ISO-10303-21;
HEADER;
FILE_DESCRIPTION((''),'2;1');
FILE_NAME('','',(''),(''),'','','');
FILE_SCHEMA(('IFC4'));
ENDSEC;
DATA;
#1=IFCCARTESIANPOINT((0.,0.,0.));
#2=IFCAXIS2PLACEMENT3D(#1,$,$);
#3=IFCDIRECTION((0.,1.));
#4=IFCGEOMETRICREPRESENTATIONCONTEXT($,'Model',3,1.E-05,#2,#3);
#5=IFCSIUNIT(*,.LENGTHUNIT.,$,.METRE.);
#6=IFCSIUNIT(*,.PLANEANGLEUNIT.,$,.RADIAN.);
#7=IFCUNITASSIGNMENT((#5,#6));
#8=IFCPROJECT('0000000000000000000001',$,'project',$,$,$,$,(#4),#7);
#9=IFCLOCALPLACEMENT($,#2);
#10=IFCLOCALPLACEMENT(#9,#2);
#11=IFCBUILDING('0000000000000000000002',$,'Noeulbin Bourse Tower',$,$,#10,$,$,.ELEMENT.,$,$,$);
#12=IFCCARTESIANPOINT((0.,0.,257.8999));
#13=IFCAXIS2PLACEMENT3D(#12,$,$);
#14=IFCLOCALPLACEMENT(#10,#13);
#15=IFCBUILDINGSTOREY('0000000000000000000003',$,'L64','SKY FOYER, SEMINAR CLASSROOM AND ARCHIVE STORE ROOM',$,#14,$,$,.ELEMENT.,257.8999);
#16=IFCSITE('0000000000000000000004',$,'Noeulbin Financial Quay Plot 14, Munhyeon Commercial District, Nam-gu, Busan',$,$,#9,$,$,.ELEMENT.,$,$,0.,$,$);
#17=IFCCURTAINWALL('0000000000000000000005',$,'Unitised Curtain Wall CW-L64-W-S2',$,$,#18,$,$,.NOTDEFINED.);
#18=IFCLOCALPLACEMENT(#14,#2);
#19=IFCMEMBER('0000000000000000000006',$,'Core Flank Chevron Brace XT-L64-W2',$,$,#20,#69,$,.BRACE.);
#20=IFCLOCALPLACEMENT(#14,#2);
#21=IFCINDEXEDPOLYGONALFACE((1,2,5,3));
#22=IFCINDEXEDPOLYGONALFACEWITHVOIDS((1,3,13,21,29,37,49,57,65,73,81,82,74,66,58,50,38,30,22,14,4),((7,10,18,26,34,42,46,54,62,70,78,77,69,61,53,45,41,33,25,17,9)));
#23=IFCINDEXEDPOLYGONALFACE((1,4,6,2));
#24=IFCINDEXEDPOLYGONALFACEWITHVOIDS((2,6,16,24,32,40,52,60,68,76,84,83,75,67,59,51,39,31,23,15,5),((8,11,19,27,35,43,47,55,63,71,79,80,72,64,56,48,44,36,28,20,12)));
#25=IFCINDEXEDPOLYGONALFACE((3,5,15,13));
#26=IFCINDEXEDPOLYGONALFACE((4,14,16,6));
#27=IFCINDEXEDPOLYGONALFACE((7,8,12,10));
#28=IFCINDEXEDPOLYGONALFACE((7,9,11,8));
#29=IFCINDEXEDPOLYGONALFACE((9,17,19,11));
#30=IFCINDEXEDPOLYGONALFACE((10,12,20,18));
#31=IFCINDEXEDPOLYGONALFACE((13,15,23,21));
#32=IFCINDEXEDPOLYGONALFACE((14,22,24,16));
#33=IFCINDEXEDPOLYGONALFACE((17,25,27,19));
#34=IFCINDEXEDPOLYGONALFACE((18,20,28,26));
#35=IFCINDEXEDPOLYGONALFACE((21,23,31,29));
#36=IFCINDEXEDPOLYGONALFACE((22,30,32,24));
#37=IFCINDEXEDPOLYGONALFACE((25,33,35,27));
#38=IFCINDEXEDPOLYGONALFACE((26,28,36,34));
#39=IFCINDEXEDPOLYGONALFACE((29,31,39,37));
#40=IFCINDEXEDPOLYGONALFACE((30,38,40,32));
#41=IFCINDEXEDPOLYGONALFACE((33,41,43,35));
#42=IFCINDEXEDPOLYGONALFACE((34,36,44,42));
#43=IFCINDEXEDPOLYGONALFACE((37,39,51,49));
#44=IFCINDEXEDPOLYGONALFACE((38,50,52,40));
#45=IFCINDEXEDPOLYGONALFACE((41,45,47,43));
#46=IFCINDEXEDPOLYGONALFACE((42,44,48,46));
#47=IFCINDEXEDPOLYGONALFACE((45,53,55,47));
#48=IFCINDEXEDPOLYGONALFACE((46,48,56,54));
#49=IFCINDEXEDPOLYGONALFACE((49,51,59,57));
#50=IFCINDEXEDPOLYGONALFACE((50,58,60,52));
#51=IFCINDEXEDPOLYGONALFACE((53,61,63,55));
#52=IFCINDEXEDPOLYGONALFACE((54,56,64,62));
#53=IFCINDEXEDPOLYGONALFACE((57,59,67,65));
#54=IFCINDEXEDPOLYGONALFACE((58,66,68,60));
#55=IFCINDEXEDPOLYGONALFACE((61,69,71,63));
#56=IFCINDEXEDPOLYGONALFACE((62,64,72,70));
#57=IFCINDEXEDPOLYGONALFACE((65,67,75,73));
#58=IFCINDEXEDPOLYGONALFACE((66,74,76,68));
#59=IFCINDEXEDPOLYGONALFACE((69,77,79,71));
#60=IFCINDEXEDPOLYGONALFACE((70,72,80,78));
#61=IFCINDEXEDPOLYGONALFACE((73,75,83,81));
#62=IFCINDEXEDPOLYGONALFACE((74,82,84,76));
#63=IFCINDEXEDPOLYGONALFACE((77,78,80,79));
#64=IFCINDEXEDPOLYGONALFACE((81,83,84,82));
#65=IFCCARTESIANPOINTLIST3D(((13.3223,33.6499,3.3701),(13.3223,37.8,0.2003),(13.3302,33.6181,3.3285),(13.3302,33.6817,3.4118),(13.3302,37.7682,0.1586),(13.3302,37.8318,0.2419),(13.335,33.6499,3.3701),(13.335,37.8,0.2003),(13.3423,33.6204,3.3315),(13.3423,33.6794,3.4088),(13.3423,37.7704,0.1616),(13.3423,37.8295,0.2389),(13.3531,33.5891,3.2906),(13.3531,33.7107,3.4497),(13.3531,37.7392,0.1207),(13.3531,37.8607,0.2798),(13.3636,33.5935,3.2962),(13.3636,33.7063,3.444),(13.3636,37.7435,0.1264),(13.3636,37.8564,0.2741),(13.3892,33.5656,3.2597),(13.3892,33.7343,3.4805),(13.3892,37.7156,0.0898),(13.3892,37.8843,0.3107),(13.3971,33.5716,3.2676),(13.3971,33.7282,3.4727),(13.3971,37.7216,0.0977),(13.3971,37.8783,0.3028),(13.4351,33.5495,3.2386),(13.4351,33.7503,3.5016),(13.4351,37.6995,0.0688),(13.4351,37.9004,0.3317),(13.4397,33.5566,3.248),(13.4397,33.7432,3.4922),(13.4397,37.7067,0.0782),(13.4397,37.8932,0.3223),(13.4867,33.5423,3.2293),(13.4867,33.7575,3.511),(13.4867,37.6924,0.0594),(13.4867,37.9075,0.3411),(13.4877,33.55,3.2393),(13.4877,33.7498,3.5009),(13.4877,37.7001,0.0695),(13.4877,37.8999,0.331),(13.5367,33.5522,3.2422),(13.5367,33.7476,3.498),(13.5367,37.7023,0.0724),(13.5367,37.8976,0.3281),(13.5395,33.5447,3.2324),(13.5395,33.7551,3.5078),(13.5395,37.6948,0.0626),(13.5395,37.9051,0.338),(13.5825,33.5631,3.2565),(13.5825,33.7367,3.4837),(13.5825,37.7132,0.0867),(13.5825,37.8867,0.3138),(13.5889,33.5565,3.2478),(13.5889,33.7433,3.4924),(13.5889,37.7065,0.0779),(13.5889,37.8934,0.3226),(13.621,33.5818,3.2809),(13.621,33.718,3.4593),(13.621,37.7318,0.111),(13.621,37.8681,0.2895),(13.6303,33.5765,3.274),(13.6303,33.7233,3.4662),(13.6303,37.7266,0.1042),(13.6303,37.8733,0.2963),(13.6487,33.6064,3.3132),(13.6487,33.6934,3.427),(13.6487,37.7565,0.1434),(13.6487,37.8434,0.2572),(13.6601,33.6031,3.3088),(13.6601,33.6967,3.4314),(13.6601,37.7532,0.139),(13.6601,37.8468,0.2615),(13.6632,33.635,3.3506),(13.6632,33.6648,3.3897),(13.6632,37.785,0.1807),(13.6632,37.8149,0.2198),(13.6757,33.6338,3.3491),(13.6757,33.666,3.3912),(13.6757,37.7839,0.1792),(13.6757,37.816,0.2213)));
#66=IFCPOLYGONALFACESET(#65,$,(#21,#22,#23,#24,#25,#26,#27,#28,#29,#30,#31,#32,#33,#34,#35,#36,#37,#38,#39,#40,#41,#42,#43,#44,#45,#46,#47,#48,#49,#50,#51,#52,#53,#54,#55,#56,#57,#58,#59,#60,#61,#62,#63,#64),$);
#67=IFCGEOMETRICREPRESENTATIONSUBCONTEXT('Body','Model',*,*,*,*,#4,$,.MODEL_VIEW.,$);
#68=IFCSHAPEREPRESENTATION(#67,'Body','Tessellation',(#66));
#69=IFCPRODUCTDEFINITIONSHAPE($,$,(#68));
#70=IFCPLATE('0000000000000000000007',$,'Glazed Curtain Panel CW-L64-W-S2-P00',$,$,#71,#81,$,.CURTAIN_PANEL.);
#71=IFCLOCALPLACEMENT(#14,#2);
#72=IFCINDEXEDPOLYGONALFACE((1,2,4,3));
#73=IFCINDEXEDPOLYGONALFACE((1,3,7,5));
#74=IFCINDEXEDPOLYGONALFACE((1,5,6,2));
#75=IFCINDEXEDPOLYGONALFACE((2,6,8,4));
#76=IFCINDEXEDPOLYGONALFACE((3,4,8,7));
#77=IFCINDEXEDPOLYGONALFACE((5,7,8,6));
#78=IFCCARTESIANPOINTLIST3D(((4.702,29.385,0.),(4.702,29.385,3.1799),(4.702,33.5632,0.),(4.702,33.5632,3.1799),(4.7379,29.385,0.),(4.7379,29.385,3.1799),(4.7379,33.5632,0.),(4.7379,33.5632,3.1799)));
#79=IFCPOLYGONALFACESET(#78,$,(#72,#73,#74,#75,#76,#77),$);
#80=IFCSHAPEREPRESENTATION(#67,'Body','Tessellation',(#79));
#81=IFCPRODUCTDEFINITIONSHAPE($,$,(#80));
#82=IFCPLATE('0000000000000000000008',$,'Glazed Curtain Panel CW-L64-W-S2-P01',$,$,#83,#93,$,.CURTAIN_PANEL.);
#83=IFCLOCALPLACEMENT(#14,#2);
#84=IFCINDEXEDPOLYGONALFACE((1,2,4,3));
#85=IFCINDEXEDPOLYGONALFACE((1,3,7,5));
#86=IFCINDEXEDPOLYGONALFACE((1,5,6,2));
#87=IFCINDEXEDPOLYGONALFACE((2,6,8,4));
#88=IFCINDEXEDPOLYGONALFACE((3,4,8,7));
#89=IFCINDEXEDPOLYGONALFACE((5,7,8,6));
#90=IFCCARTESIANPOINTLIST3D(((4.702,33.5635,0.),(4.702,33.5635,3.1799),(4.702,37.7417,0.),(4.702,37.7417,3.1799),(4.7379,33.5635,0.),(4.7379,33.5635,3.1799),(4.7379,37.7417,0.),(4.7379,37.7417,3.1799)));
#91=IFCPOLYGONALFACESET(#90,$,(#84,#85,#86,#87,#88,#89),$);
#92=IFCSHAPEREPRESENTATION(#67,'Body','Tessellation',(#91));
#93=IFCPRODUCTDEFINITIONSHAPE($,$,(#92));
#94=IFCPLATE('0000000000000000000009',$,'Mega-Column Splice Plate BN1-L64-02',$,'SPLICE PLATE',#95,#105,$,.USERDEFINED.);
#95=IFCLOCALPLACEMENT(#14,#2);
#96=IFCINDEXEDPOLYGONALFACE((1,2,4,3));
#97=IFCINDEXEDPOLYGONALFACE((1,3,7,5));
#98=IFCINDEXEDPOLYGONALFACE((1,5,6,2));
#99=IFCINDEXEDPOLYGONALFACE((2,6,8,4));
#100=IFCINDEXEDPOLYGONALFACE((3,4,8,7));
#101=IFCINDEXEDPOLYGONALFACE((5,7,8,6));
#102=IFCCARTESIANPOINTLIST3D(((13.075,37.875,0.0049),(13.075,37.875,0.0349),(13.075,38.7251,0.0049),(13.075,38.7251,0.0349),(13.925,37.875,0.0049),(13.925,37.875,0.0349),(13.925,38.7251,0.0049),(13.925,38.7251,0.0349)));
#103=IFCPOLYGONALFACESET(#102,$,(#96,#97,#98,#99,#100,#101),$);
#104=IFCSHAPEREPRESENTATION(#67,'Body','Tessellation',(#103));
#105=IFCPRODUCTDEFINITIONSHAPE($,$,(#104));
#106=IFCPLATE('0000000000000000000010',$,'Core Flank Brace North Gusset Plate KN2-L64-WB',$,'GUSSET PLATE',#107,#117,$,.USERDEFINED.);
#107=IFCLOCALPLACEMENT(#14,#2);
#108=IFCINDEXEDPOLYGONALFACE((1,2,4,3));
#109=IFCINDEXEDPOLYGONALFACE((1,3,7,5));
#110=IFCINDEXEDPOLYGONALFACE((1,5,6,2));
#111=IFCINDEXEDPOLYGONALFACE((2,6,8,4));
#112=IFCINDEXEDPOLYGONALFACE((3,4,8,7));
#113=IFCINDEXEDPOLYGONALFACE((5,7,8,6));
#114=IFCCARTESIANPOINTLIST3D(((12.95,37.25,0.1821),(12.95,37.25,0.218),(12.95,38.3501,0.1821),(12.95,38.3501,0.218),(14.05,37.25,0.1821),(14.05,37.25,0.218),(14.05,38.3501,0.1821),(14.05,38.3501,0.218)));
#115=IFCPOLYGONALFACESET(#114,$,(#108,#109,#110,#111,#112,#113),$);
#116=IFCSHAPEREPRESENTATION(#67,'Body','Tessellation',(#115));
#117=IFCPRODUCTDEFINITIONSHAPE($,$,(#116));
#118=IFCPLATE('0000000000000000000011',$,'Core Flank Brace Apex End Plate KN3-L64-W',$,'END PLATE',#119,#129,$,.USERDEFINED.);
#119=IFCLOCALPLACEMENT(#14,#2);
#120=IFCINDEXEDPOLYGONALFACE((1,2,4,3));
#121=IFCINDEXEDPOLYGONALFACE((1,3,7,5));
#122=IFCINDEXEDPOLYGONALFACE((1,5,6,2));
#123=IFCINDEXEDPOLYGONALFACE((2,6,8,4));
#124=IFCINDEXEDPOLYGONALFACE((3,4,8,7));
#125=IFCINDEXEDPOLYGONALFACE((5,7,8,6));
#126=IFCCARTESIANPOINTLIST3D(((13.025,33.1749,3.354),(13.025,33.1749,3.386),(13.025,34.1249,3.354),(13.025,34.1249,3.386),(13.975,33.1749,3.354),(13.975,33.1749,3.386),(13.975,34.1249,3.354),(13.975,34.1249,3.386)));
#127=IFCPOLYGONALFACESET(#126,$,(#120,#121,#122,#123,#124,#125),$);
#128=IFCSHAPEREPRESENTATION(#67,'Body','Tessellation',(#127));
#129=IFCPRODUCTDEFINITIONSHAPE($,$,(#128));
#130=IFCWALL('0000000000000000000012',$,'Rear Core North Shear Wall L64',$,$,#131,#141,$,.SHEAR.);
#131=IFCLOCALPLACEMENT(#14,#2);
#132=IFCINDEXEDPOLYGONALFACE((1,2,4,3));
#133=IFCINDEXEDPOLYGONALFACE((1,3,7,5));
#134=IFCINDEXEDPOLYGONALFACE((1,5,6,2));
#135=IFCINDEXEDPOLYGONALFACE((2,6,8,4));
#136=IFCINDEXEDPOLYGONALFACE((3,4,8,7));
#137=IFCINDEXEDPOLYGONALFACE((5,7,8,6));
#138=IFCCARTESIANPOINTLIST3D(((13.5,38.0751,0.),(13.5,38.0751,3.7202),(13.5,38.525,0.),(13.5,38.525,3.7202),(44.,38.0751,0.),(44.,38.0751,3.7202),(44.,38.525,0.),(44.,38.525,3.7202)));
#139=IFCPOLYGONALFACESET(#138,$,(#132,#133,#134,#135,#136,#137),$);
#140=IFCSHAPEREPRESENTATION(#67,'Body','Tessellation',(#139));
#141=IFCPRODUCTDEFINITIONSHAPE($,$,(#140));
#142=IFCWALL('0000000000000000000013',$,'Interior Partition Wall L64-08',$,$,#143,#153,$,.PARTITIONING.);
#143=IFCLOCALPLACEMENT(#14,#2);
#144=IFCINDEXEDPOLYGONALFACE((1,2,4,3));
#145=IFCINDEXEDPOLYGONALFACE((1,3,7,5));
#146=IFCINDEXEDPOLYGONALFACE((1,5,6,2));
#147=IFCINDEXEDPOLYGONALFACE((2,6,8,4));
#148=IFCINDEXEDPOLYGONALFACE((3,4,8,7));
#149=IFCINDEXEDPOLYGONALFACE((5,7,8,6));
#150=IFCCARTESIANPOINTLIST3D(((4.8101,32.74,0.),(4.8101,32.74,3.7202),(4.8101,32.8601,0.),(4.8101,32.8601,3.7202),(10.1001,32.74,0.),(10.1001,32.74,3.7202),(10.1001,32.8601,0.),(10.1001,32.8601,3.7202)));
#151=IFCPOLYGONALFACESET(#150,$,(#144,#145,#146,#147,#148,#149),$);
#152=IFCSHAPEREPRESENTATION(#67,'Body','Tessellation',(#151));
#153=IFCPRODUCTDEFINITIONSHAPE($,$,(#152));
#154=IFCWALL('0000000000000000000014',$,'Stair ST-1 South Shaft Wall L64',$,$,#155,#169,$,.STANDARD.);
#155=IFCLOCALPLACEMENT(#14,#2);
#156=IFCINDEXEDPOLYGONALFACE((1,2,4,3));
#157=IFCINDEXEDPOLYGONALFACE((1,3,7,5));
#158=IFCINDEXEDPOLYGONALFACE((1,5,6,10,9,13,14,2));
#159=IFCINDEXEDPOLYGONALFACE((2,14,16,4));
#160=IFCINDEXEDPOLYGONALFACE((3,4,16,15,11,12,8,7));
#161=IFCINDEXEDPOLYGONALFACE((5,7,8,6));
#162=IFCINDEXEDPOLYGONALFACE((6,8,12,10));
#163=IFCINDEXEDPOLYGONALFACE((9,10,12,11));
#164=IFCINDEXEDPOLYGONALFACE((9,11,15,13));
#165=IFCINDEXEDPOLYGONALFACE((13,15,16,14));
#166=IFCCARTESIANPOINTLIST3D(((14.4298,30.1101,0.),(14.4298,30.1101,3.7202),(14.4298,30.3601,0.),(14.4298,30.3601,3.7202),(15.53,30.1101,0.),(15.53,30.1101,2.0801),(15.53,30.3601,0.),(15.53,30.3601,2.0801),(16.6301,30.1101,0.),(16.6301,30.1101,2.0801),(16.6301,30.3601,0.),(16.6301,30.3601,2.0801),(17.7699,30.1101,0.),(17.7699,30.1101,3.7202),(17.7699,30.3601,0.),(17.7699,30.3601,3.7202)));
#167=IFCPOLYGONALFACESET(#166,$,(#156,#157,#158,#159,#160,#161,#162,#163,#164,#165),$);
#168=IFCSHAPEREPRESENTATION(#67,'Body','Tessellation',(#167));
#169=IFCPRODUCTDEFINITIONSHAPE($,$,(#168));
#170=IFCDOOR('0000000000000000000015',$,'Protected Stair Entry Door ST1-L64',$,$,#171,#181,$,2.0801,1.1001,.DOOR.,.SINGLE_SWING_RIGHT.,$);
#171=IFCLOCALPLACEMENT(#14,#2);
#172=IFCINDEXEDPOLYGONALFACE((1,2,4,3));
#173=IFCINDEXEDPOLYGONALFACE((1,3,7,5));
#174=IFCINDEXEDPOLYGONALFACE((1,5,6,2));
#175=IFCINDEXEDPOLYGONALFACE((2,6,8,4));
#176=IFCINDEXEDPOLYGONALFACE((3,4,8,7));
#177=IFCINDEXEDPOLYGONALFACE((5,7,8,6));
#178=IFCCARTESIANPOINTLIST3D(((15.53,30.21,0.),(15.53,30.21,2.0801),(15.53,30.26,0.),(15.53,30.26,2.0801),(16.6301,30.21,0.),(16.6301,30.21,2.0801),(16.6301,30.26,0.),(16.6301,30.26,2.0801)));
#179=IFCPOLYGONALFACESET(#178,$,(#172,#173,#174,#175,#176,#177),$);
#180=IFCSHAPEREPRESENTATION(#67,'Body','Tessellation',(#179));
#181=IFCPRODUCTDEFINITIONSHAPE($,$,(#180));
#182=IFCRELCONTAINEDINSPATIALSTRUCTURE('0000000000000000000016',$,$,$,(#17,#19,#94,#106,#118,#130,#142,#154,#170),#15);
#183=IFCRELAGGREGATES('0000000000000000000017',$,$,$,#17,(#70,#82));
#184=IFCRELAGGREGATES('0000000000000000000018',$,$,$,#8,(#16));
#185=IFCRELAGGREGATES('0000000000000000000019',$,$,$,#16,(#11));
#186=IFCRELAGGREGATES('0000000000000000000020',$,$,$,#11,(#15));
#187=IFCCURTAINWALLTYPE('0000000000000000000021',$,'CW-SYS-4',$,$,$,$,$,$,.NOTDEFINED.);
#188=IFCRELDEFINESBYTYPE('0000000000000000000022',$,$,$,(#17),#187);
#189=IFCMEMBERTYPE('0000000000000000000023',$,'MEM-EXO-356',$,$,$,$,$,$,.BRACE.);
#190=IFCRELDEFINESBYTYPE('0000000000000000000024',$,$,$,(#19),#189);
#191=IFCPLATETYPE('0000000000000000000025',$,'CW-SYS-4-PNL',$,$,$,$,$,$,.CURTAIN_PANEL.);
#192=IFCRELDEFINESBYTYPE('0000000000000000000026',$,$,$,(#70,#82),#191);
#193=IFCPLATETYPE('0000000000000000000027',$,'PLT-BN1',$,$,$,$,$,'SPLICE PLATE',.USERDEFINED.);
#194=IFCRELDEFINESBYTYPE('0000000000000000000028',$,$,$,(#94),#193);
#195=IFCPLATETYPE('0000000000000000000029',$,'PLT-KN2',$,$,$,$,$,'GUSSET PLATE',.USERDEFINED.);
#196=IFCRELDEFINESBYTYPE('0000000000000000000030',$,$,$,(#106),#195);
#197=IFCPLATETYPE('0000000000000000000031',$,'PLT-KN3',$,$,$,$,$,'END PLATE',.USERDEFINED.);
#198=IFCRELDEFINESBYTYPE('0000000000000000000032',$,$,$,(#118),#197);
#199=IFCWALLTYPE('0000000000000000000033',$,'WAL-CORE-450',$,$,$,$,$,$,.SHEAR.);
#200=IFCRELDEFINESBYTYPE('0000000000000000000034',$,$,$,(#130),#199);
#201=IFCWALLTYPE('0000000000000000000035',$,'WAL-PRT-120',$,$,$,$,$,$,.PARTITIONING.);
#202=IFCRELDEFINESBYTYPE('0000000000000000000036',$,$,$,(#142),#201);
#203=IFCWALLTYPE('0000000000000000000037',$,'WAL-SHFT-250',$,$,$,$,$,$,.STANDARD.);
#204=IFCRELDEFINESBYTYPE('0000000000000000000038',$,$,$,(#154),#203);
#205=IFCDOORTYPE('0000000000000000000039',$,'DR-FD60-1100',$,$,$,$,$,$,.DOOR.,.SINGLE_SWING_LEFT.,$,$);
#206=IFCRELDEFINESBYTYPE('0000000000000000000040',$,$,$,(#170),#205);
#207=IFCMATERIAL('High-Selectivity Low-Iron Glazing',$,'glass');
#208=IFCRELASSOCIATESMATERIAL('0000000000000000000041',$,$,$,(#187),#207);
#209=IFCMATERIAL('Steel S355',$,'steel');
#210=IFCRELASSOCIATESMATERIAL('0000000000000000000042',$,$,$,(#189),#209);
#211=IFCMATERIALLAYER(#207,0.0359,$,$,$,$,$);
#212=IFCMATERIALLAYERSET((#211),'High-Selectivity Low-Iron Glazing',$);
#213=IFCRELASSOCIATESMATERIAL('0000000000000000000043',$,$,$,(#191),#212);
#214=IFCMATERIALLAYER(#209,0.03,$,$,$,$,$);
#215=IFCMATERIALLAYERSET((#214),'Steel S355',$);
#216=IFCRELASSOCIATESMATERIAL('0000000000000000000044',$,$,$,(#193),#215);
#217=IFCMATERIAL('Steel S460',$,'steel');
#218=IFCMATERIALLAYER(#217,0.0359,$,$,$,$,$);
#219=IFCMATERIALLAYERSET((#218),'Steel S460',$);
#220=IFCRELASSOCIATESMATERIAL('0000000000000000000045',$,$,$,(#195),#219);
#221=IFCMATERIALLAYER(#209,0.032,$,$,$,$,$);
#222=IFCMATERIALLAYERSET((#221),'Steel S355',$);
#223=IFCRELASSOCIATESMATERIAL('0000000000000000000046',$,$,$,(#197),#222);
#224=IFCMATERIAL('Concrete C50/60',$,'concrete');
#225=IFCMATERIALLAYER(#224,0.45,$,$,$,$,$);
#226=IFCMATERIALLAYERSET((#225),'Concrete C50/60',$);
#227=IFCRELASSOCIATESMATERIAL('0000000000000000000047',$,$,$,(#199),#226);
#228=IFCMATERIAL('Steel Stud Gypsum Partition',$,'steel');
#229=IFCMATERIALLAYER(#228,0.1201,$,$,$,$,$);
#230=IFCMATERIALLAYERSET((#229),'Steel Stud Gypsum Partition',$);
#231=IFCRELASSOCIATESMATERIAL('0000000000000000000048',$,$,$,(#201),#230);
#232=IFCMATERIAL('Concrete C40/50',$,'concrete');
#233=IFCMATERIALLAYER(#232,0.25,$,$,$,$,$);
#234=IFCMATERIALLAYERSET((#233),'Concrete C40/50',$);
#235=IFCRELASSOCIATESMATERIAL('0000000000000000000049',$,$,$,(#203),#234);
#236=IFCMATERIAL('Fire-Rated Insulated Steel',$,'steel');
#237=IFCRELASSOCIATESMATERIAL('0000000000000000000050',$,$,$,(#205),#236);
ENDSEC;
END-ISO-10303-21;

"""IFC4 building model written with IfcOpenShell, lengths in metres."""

from ifc_helpers import new_model, si_unit, direction, frame, frame_2d, origin, origin_2d, place, context, subcontext, project, spatial, rectangle, hollow_circle, extrude, material, layer, layer_set, material_profile, profile_set, type_object, element, fill, aggregate, save


model = new_model("IFC4")

# Units and contexts
model_context = context("Model", 3, precision=1e-05, world=origin(), true_north=direction((0.0, 1.0)))
body_context = subcontext(model_context, "Body", "Model", "MODEL_VIEW")
ifc_project = project(units=[si_unit("LENGTHUNIT", "METRE"), si_unit("PLANEANGLEUNIT", "RADIAN")], contexts=[model_context])

# Site, building, storey
site_placement = place(None, origin())
site = spatial("IfcSite", under=ifc_project, at=site_placement, Name="Noeulbin Financial Quay Plot 14, Munhyeon Commercial District, Nam-gu, Busan", CompositionType="ELEMENT", RefElevation=0.0)
building_placement = place(site_placement, origin())
building = spatial("IfcBuilding", under=site, at=building_placement, Name="Noeulbin Bourse Tower", CompositionType="ELEMENT")
storey_placement = place(building_placement, frame((0.0, 0.0, 257.8999)))
storey = spatial("IfcBuildingStorey", under=building, at=storey_placement, Name="L64", Description="SKY FOYER, SEMINAR CLASSROOM AND ARCHIVE STORE ROOM", CompositionType="ELEMENT", Elevation=257.8999)

# Shared definitions
ifc_material_1 = material(Name="Steel S355", Category="steel")

# Shared definitions
ifc_material_2 = material(Name="Steel S460", Category="steel")

# Curtain wall
ifc_material_3 = material(Name="High-Selectivity Low-Iron Glazing", Category="glass")
curtain_wall_type = type_object("IfcCurtainWallType", Name="CW-SYS-4", PredefinedType="NOTDEFINED", material=ifc_material_3)
curtain_wall_placement = place(storey_placement, origin())
curtain_wall = element("IfcCurtainWall", 1, at=curtain_wall_placement, inside=storey, type_object=curtain_wall_type, Name="Unitised Curtain Wall CW-L64-W-S2", PredefinedType="NOTDEFINED")

# Member
ifc_material_profile_1 = material_profile(ifc_material_1, hollow_circle(Radius=0.1777, WallThickness=0.0127, at=origin_2d()), Name="CHS-355.6x12.7", Category="LoadBearing")
ifc_profile_set_1 = profile_set([ifc_material_profile_1], Name="Steel S355")
member_type_1 = type_object("IfcMemberType", Name="MEM-EXO-356", PredefinedType="BRACE", material=ifc_profile_set_1)
member_1_placement = place(storey_placement, frame((13.5, 33.6499, 3.3701), z_axis=(0.0, 0.794701, -0.607001), x_axis=(-1.0, 0.0, 0.0)))
element("IfcMember", 2, at=member_1_placement, inside=storey, type_object=member_type_1, Name="Core Flank Chevron Brace XT-L64-W2", PredefinedType="BRACE", context=body_context, shape_type="SweptSolid", body=[
    extrude(hollow_circle(Radius=0.1777, WallThickness=0.0127, at=origin_2d()), origin(), (0.0, 0.0, 1.0), 5.2222),
])

# Plates
ifc_layer_1 = layer(ifc_material_3, 0.0359)
ifc_layer_set_1 = layer_set([ifc_layer_1], Name="High-Selectivity Low-Iron Glazing")
plate_type_1 = type_object("IfcPlateType", Name="CW-SYS-4-PNL", PredefinedType="CURTAIN_PANEL", material=ifc_layer_set_1)
plate_1_placement = place(storey_placement, frame((4.72, 31.4741, 0.0), z_axis=(0.0, 0.0, 1.0), x_axis=(0.0, 1.0, 0.0)))
plate_1 = element("IfcPlate", 3, at=plate_1_placement, type_object=plate_type_1, Name="Glazed Curtain Panel CW-L64-W-S2-P00", PredefinedType="CURTAIN_PANEL", context=body_context, shape_type="SweptSolid", body=[
    extrude(rectangle(XDim=4.1782, YDim=0.0359, at=origin_2d()), origin(), (0.0, 0.0, 1.0), 3.1799),
])
plate_2_placement = place(storey_placement, frame((4.72, 35.6526, 0.0), z_axis=(0.0, 0.0, 1.0), x_axis=(0.0, 1.0, 0.0)))
plate_2 = element("IfcPlate", 4, at=plate_2_placement, type_object=plate_type_1, Name="Glazed Curtain Panel CW-L64-W-S2-P01", PredefinedType="CURTAIN_PANEL", context=body_context, shape_type="SweptSolid", body=[
    extrude(rectangle(XDim=4.1782, YDim=0.0359, at=origin_2d()), origin(), (0.0, 0.0, 1.0), 3.1799),
])
aggregate(curtain_wall, [plate_1, plate_2])

# Plates
ifc_layer_2 = layer(ifc_material_1, 0.03)
ifc_layer_set_2 = layer_set([ifc_layer_2], Name="Steel S355")
plate_type_2 = type_object("IfcPlateType", Name="PLT-BN1", ElementType="SPLICE PLATE", PredefinedType="USERDEFINED", material=ifc_layer_set_2)
plate_3_placement = place(storey_placement, frame((13.5, 38.3, 0.0049), z_axis=(0.0, 0.0, 1.0), x_axis=(1.0, 0.0, 0.0)))
element("IfcPlate", 5, at=plate_3_placement, inside=storey, type_object=plate_type_2, Name="Mega-Column Splice Plate BN1-L64-02", ObjectType="SPLICE PLATE", PredefinedType="USERDEFINED", context=body_context, shape_type="SweptSolid", body=[
    extrude(rectangle(XDim=0.8501, YDim=0.8501, at=origin_2d()), origin(), (0.0, 0.0, 1.0), 0.03),
])
ifc_layer_3 = layer(ifc_material_2, 0.0359)
ifc_layer_set_3 = layer_set([ifc_layer_3], Name="Steel S460")
plate_type_3 = type_object("IfcPlateType", Name="PLT-KN2", ElementType="GUSSET PLATE", PredefinedType="USERDEFINED", material=ifc_layer_set_3)
plate_4_placement = place(storey_placement, frame((13.5, 37.8, 0.1821), z_axis=(0.0, 0.0, 1.0), x_axis=(1.0, 0.0, 0.0)))
element("IfcPlate", 6, at=plate_4_placement, inside=storey, type_object=plate_type_3, Name="Core Flank Brace North Gusset Plate KN2-L64-WB", ObjectType="GUSSET PLATE", PredefinedType="USERDEFINED", context=body_context, shape_type="SweptSolid", body=[
    extrude(rectangle(XDim=1.1001, YDim=1.1001, at=origin_2d()), origin(), (0.0, 0.0, 1.0), 0.0359),
])
ifc_layer_4 = layer(ifc_material_1, 0.032)
ifc_layer_set_4 = layer_set([ifc_layer_4], Name="Steel S355")
plate_type_4 = type_object("IfcPlateType", Name="PLT-KN3", ElementType="END PLATE", PredefinedType="USERDEFINED", material=ifc_layer_set_4)
plate_5_placement = place(storey_placement, frame((13.5, 33.6499, 3.354), z_axis=(0.0, 0.0, 1.0), x_axis=(1.0, 0.0, 0.0)))
element("IfcPlate", 7, at=plate_5_placement, inside=storey, type_object=plate_type_4, Name="Core Flank Brace Apex End Plate KN3-L64-W", ObjectType="END PLATE", PredefinedType="USERDEFINED", context=body_context, shape_type="SweptSolid", body=[
    extrude(rectangle(XDim=0.95, YDim=0.95, at=origin_2d()), origin(), (0.0, 0.0, 1.0), 0.032),
])

# Walls
ifc_material_4 = material(Name="Concrete C50/60", Category="concrete")
ifc_layer_5 = layer(ifc_material_4, 0.45)
ifc_layer_set_5 = layer_set([ifc_layer_5], Name="Concrete C50/60")
wall_type_1 = type_object("IfcWallType", Name="WAL-CORE-450", PredefinedType="SHEAR", material=ifc_layer_set_5)
wall_1_placement = place(storey_placement, frame((13.5, 38.3, 0.0), z_axis=(0.0, 0.0, 1.0), x_axis=(1.0, 0.0, 0.0)))
element("IfcWall", 8, at=wall_1_placement, inside=storey, type_object=wall_type_1, Name="Rear Core North Shear Wall L64", PredefinedType="SHEAR", context=body_context, shape_type="SweptSolid", body=[
    extrude(rectangle(XDim=30.5, YDim=0.45, at=frame_2d((15.25, 0.0))), origin(), (0.0, 0.0, 1.0), 3.7202),
])
ifc_material_5 = material(Name="Steel Stud Gypsum Partition", Category="steel")
ifc_layer_6 = layer(ifc_material_5, 0.1201)
ifc_layer_set_6 = layer_set([ifc_layer_6], Name="Steel Stud Gypsum Partition")
wall_type_2 = type_object("IfcWallType", Name="WAL-PRT-120", PredefinedType="PARTITIONING", material=ifc_layer_set_6)
wall_2_placement = place(storey_placement, frame((4.8101, 32.8, 0.0), z_axis=(0.0, 0.0, 1.0), x_axis=(1.0, 0.0, 0.0)))
element("IfcWall", 9, at=wall_2_placement, inside=storey, type_object=wall_type_2, Name="Interior Partition Wall L64-08", PredefinedType="PARTITIONING", context=body_context, shape_type="SweptSolid", body=[
    extrude(rectangle(XDim=5.29, YDim=0.1201, at=frame_2d((2.645, 0.0))), origin(), (0.0, 0.0, 1.0), 3.7202),
])

# Wall, opening, door
ifc_material_6 = material(Name="Concrete C40/50", Category="concrete")
ifc_layer_7 = layer(ifc_material_6, 0.25)
ifc_layer_set_7 = layer_set([ifc_layer_7], Name="Concrete C40/50")
wall_type_3 = type_object("IfcWallType", Name="WAL-SHFT-250", PredefinedType="STANDARD", material=ifc_layer_set_7)
wall_3_placement = place(storey_placement, frame((14.4299, 30.2351, 0.0), z_axis=(0.0, 0.0, 1.0), x_axis=(1.0, 0.0, 0.0)))
wall_3 = element("IfcWall", 10, at=wall_3_placement, inside=storey, type_object=wall_type_3, Name="Stair ST-1 South Shaft Wall L64", PredefinedType="STANDARD", context=body_context, shape_type="SweptSolid", body=[
    extrude(rectangle(XDim=3.3401, YDim=0.25, at=frame_2d((1.6699, 0.0))), origin(), (0.0, 0.0, 1.0), 3.7202),
])
opening_placement = place(wall_3_placement, frame((1.1001, 0.0, 0.0)))
opening = element("IfcOpeningElement", 11, at=opening_placement, cuts=wall_3, PredefinedType="OPENING", context=body_context, shape_type="SweptSolid", body=[
    extrude(rectangle(XDim=1.1001, YDim=2.0801, at=frame_2d((0.55, 1.04))), frame((0.0, 0.135, 0.0), z_axis=(0.0, -1.0, 0.0), x_axis=(1.0, 0.0, 0.0)), (0.0, 0.0, 1.0), 0.27),
])
ifc_material_7 = material(Name="Fire-Rated Insulated Steel", Category="steel")
door_type = type_object("IfcDoorType", Name="DR-FD60-1100", OperationType="SINGLE_SWING_LEFT", PredefinedType="DOOR", material=ifc_material_7)
door_placement = place(opening_placement, origin())
door = element("IfcDoor", 12, at=door_placement, inside=storey, type_object=door_type, Name="Protected Stair Entry Door ST1-L64", OperationType="SINGLE_SWING_RIGHT", OverallHeight=2.0801, OverallWidth=1.1001, PredefinedType="DOOR", context=body_context, shape_type="SweptSolid", body=[
    extrude(rectangle(XDim=1.1001, YDim=2.0801, at=frame_2d((0.55, 1.04))), frame((0.0, 0.0249, 0.0), z_axis=(0.0, -1.0, 0.0), x_axis=(1.0, 0.0, 0.0)), (0.0, 0.0, 1.0), 0.05),
])
fill(opening, door)

save(model, "model.ifc")
